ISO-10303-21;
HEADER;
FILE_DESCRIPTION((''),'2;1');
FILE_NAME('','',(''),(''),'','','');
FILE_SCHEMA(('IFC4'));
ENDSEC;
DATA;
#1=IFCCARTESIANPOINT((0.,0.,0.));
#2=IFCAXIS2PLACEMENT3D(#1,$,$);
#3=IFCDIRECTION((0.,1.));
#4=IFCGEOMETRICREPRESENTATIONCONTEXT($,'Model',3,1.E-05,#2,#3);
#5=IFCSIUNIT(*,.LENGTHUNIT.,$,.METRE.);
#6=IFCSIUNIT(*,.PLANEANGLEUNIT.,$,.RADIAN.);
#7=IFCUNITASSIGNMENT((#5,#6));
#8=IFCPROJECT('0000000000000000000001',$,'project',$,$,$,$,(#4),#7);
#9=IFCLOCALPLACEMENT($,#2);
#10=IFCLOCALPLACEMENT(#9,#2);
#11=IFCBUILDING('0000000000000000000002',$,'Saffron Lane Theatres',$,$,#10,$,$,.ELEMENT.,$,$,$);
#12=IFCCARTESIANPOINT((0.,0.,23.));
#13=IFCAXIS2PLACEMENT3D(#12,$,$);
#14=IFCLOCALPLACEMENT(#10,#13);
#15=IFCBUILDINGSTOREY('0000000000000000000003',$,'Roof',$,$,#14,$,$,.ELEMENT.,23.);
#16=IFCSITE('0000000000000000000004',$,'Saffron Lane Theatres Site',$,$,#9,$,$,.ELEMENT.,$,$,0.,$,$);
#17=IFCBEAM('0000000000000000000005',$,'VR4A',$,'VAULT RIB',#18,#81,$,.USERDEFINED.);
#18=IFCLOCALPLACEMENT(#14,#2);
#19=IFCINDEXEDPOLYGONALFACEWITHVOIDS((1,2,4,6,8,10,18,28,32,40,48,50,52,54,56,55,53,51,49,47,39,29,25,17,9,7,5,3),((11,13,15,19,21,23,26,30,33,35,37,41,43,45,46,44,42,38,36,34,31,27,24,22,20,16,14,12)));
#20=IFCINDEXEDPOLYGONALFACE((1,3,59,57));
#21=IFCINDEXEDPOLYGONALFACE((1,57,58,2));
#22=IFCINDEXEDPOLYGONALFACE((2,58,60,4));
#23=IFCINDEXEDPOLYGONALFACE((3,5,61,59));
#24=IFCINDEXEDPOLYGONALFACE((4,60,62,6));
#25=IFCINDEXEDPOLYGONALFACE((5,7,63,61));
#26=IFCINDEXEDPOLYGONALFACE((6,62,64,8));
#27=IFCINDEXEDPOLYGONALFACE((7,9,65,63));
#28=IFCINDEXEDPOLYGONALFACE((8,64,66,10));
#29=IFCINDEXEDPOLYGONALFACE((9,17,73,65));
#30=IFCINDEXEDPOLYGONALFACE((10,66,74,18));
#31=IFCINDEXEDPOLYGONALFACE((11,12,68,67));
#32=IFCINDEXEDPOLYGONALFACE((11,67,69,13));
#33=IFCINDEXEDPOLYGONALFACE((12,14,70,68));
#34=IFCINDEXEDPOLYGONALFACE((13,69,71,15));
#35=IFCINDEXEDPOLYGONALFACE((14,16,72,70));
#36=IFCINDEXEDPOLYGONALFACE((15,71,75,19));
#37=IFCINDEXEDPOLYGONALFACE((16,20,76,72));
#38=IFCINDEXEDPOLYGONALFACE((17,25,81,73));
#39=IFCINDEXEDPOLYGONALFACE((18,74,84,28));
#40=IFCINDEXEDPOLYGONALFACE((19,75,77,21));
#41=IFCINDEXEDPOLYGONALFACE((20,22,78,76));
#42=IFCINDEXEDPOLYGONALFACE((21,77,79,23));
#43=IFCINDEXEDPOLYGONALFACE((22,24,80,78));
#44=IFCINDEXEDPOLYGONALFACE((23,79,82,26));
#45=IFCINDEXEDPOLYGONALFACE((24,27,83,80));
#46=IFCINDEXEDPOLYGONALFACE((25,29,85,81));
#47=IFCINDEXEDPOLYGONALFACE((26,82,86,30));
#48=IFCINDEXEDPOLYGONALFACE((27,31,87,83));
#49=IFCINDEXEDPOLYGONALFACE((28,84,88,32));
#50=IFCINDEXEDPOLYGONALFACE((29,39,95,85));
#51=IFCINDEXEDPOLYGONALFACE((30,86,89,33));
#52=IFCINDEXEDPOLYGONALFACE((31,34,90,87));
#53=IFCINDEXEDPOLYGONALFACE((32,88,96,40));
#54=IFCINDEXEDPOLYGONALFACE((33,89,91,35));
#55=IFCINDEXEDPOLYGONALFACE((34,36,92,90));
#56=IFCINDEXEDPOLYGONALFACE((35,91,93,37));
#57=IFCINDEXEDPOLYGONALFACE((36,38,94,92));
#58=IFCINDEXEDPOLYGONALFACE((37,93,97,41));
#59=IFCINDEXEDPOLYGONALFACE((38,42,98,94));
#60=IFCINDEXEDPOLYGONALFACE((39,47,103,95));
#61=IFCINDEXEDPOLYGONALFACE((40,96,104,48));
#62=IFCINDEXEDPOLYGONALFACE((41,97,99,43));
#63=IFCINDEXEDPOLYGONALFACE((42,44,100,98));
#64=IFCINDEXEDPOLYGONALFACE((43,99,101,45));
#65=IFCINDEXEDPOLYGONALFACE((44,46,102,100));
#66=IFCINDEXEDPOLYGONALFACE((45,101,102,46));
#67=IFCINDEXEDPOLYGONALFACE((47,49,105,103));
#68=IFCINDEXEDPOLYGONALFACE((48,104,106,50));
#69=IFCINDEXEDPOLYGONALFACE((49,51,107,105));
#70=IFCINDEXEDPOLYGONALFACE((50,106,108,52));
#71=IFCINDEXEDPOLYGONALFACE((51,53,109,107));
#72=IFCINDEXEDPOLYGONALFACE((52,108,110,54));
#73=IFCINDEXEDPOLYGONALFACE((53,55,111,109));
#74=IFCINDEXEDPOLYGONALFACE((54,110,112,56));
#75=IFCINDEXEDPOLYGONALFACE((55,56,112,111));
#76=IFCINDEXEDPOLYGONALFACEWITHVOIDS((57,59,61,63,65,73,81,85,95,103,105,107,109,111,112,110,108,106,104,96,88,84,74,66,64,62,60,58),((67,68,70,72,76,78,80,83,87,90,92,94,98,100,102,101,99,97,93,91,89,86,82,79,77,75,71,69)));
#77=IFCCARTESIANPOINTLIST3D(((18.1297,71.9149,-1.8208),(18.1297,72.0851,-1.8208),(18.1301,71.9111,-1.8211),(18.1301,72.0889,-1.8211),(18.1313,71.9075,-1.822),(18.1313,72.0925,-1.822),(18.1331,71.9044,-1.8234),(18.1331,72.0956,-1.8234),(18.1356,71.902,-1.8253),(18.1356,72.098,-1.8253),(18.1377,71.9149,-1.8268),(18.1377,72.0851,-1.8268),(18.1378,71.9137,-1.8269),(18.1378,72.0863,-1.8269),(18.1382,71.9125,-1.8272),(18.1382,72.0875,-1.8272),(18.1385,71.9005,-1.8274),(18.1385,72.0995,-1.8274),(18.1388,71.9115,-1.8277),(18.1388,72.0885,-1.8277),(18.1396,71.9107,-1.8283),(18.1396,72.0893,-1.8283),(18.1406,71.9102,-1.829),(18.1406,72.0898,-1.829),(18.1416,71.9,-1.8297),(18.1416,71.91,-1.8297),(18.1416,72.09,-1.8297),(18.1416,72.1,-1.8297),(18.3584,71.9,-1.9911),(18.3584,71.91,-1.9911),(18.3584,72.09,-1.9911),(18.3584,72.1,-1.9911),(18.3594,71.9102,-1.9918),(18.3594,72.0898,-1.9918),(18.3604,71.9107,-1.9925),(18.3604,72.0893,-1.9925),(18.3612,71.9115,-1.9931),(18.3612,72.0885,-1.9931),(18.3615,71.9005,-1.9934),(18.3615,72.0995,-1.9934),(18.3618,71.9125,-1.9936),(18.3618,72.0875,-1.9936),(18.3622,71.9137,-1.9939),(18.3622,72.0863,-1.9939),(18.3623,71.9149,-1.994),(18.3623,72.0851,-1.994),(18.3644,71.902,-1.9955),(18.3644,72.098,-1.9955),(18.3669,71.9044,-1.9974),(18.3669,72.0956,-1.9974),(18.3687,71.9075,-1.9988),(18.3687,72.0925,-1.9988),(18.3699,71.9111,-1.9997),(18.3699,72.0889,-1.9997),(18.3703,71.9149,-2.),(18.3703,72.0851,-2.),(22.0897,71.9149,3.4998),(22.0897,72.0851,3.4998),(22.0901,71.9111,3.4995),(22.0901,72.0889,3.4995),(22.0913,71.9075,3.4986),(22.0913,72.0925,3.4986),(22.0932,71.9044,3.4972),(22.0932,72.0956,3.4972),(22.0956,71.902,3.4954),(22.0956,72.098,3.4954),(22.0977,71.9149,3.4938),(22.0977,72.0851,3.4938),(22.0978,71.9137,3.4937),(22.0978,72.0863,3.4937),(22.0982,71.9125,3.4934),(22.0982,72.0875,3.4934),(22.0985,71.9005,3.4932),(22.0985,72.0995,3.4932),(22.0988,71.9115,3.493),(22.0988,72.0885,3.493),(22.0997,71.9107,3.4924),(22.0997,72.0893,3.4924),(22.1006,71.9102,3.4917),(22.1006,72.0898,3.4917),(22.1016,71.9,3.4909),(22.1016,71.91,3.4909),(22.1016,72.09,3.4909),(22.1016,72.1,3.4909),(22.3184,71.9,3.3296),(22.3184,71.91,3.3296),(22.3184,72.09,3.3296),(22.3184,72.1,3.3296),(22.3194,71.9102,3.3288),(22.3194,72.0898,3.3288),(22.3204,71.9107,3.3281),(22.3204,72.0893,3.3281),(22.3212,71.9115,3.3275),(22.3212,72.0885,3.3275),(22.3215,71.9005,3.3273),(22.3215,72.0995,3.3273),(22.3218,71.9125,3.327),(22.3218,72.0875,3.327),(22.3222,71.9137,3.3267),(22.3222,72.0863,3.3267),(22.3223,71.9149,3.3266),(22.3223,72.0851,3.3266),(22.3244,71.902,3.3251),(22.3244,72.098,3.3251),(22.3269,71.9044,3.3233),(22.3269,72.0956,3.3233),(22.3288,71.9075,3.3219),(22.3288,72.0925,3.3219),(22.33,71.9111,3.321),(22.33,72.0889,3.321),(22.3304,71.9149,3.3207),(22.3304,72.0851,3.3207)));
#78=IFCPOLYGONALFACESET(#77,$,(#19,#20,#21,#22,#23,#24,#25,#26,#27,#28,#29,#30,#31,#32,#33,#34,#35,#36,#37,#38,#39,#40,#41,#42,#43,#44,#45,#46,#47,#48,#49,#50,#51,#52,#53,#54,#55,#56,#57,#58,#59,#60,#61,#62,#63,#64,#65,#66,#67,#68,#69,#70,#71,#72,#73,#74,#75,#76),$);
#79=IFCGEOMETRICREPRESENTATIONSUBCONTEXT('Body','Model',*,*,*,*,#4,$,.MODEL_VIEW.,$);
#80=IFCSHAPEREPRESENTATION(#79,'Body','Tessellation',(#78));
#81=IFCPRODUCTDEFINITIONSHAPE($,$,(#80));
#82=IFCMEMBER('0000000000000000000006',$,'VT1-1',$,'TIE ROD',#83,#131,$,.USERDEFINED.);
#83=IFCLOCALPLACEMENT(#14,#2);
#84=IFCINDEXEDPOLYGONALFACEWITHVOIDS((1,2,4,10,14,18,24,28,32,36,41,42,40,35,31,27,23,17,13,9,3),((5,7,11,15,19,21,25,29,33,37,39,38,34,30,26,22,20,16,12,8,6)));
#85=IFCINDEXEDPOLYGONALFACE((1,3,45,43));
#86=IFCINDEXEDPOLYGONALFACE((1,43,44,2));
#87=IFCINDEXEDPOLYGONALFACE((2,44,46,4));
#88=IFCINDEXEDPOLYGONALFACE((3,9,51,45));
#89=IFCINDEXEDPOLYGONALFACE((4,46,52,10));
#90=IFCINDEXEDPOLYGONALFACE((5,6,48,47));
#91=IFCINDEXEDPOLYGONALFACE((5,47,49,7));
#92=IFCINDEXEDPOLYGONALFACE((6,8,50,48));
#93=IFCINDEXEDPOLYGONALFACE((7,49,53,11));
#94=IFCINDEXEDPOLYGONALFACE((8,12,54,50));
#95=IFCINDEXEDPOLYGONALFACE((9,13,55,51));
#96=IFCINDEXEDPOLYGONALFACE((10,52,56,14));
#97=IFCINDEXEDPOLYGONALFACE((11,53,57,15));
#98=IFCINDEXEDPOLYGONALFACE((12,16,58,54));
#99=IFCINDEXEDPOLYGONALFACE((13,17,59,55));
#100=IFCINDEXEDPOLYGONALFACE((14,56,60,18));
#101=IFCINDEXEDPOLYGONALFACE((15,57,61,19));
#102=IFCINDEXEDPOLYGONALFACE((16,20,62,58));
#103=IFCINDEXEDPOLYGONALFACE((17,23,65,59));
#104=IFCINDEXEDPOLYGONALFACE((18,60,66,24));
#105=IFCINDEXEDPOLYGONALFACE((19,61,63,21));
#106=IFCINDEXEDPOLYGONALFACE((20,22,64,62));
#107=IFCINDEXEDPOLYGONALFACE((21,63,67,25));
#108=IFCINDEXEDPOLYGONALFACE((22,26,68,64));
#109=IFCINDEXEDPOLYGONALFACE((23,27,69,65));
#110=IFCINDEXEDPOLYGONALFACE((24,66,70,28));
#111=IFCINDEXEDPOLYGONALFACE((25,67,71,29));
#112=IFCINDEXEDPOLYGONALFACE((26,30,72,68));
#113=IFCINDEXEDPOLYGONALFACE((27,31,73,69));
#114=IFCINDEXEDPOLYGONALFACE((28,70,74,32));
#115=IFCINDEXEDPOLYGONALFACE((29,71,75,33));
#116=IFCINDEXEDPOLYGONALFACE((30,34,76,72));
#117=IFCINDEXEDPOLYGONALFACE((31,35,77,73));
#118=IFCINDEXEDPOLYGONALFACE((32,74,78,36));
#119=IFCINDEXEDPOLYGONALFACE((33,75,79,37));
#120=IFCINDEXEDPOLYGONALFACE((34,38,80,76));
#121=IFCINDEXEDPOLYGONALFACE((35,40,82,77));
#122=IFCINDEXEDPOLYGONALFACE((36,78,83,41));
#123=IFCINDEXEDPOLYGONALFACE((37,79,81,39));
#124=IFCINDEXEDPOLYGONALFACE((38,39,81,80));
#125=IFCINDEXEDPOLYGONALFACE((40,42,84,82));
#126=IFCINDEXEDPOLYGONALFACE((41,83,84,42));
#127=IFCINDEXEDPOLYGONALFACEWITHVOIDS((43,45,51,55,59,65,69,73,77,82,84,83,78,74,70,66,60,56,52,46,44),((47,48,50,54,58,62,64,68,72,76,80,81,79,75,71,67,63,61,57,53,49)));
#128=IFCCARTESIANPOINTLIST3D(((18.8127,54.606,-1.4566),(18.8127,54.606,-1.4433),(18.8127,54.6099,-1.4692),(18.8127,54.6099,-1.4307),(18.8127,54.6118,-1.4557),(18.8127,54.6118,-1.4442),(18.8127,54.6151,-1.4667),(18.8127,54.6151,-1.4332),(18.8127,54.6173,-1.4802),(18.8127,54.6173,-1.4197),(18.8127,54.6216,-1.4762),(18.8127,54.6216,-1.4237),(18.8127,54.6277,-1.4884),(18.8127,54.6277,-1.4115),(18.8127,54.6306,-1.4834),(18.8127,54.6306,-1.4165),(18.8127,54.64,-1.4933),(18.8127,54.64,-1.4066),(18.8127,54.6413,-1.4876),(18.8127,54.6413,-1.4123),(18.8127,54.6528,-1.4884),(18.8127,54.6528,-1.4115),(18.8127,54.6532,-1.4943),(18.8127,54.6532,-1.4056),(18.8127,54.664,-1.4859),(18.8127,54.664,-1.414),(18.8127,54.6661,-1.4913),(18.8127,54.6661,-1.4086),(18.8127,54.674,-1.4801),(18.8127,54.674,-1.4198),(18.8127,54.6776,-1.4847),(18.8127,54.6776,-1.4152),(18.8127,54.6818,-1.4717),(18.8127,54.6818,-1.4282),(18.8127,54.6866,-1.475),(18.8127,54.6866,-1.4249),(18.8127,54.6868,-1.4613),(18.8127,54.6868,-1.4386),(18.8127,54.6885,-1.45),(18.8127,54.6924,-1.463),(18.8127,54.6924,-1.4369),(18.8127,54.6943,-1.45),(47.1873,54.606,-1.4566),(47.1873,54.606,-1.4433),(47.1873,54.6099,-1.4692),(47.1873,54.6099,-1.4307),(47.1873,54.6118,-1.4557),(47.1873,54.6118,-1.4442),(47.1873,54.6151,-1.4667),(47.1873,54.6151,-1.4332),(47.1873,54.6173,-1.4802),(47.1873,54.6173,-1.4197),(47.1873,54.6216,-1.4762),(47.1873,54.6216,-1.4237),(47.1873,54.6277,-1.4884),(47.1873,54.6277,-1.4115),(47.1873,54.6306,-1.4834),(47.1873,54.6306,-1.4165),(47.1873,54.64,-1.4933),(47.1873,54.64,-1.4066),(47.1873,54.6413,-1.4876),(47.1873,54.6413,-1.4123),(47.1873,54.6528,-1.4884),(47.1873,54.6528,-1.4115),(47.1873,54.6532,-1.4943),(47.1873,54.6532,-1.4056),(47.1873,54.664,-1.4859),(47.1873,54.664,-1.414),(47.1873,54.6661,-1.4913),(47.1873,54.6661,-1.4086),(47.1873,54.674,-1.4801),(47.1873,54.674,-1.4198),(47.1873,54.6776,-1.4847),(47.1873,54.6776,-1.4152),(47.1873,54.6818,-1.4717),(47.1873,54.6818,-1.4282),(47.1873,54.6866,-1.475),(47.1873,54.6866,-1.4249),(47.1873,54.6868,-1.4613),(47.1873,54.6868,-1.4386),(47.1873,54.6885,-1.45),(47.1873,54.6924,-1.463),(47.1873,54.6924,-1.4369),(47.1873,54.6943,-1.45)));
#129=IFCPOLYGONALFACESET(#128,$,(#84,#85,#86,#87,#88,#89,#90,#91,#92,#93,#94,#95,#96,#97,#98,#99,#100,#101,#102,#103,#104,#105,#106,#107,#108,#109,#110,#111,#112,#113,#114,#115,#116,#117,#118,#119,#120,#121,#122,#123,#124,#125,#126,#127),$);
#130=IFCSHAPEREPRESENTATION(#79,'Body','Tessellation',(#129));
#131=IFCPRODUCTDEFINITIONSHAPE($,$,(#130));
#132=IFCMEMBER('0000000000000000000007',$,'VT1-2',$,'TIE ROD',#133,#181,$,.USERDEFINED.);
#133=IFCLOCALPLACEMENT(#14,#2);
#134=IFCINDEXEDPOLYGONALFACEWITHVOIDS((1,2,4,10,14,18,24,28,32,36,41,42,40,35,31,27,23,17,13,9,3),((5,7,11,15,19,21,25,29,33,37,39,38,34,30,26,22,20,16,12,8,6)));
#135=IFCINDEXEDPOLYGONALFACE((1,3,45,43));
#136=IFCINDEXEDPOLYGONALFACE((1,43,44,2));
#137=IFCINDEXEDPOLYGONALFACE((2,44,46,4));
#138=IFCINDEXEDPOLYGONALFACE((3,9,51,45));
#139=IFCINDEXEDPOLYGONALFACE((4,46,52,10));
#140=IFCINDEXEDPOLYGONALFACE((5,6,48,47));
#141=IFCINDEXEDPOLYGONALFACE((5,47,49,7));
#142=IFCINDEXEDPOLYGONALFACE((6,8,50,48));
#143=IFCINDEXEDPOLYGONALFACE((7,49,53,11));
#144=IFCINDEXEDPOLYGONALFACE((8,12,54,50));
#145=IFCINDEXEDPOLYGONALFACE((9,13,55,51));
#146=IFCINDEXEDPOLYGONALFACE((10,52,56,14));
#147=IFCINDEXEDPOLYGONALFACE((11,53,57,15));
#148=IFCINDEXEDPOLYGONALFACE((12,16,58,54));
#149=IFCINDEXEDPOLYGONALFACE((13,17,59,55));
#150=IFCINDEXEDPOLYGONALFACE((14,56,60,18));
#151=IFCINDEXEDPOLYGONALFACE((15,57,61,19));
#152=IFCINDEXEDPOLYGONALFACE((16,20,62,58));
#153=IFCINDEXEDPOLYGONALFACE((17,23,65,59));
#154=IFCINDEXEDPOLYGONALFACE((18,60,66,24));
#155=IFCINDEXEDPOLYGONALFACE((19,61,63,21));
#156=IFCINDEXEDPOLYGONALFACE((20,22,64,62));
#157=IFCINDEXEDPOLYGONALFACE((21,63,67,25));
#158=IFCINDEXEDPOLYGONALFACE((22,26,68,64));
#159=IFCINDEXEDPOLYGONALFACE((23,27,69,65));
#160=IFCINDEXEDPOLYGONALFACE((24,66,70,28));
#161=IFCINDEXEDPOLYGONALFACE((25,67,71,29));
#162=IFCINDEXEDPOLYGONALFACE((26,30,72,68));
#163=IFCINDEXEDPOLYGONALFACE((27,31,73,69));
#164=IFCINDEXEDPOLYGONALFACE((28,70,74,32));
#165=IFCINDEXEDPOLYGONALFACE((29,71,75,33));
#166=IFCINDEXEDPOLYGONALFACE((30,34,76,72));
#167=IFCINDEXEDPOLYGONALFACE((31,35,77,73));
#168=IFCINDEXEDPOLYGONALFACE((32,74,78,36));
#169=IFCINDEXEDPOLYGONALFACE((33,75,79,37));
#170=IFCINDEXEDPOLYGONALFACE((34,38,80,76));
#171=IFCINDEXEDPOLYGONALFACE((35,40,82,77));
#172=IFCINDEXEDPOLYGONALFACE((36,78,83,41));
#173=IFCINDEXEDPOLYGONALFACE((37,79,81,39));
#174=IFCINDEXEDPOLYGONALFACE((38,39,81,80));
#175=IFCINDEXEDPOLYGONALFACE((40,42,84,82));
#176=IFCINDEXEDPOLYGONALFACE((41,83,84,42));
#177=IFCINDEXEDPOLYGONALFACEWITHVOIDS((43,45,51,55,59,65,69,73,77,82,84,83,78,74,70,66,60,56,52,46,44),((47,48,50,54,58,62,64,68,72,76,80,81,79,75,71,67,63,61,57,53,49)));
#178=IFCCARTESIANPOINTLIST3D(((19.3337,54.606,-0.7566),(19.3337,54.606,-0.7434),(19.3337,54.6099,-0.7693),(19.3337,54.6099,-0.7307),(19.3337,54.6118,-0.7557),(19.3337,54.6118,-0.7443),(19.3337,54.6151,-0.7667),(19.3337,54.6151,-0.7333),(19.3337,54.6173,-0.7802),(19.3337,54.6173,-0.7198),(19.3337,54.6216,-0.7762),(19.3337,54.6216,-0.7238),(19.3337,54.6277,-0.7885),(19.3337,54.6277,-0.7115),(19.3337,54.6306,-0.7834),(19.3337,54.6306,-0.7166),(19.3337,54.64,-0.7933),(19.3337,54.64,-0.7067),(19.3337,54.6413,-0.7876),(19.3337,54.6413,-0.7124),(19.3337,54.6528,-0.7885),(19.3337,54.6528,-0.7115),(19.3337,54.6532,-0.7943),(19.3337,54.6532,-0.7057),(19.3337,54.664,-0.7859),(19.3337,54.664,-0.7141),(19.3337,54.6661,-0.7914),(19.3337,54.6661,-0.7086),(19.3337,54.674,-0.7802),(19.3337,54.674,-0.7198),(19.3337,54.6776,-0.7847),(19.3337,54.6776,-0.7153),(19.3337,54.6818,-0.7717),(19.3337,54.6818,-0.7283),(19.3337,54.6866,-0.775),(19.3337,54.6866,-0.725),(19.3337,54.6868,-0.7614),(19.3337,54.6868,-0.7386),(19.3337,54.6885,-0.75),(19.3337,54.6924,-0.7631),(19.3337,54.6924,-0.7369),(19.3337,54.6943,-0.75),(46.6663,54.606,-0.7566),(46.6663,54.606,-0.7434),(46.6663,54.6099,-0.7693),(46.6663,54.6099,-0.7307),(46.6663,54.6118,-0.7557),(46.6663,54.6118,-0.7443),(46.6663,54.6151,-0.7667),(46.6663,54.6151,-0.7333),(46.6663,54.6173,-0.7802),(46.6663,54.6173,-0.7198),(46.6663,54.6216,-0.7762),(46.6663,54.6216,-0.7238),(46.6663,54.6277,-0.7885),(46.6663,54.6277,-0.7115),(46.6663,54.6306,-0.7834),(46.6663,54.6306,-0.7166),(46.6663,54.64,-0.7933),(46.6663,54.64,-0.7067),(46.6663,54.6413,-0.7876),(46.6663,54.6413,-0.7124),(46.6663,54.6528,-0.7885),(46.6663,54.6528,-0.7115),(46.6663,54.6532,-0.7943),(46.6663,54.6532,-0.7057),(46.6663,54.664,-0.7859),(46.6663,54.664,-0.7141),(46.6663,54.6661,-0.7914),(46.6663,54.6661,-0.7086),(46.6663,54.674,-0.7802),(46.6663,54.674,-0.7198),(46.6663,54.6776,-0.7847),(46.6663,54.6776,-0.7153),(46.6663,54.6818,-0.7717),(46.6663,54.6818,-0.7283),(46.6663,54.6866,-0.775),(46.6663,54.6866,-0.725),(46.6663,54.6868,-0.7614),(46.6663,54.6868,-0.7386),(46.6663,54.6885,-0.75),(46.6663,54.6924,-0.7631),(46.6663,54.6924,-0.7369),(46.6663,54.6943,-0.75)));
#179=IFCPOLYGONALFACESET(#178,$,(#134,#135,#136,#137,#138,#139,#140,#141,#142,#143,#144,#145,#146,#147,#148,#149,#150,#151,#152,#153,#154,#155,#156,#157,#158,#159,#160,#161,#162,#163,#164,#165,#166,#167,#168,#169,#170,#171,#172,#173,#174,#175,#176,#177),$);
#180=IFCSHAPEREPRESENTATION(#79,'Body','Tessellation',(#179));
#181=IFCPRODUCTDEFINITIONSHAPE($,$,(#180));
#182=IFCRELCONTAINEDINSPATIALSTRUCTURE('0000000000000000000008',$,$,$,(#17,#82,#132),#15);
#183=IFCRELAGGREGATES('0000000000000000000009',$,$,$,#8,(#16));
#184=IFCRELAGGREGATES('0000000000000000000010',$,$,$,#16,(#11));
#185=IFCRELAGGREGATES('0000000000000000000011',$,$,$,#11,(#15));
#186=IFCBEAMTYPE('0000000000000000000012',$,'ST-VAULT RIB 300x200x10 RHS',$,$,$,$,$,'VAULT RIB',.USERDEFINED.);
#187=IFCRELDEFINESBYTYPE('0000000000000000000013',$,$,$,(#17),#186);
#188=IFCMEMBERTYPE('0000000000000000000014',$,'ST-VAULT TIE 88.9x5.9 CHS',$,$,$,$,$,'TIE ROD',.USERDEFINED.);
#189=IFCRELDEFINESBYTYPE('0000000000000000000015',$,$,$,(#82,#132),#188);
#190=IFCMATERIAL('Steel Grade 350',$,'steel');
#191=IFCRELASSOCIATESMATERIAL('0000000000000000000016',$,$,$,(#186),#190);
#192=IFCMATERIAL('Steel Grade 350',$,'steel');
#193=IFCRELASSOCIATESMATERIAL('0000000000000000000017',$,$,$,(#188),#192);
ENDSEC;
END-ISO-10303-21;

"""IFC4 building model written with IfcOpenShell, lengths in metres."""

from ifc_helpers import new_model, si_unit, direction, frame, origin, origin_2d, place, context, subcontext, project, spatial, hollow_rectangle, hollow_circle, extrude, material, material_profile, profile_set, type_object, element, save


model = new_model("IFC4")

# Units and contexts
model_context = context("Model", 3, precision=1e-05, world=origin(), true_north=direction((0.0, 1.0)))
body_context = subcontext(model_context, "Body", "Model", "MODEL_VIEW")
ifc_project = project(units=[si_unit("LENGTHUNIT", "METRE"), si_unit("PLANEANGLEUNIT", "RADIAN")], contexts=[model_context])

# Site, building, storey
site_placement = place(None, origin())
site = spatial("IfcSite", under=ifc_project, at=site_placement, Name="Saffron Lane Theatres Site", CompositionType="ELEMENT", RefElevation=0.0)
building_placement = place(site_placement, origin())
building = spatial("IfcBuilding", under=site, at=building_placement, Name="Saffron Lane Theatres", CompositionType="ELEMENT")
storey_placement = place(building_placement, frame((0.0, 0.0, 23.0)))
storey = spatial("IfcBuildingStorey", under=building, at=storey_placement, Name="Roof", CompositionType="ELEMENT", Elevation=23.0)

# Beam
ifc_material_1 = material(Name="Steel Grade 350", Category="steel")
ifc_material_profile_1 = material_profile(ifc_material_1, hollow_rectangle(XDim=0.2, YDim=0.3, WallThickness=0.01, InnerFilletRadius=0.0049, OuterFilletRadius=0.0149, at=origin_2d()))
ifc_profile_set_1 = profile_set([ifc_material_profile_1], Name="Steel Grade 350")
beam_type = type_object("IfcBeamType", Name="ST-VAULT RIB 300x200x10 RHS", ElementType="VAULT RIB", PredefinedType="USERDEFINED", material=ifc_profile_set_1)
for number, where, z_axis, x_axis, name in (
    (1, (18.25, 72.0, -1.9104), (0.597057, 0.0, 0.802199), (0.0, 1.0, 0.0), "VR4A"),
):
    element("IfcBeam", number, at=place(storey_placement, frame(where, z_axis=z_axis, x_axis=x_axis)), inside=storey, type_object=beam_type, Name=name, ObjectType="VAULT RIB", PredefinedType="USERDEFINED", context=body_context, shape_type="SweptSolid", body=[
        extrude(hollow_rectangle(XDim=0.2, YDim=0.3, WallThickness=0.01, InnerFilletRadius=0.0049, OuterFilletRadius=0.0149, at=origin_2d()), origin(), (0.0, 0.0, 1.0), 6.6326),
    ])

# Members
ifc_material_2 = material(Name="Steel Grade 350", Category="steel")
ifc_material_profile_2 = material_profile(ifc_material_2, hollow_circle(Radius=0.0444, WallThickness=0.0059, at=origin_2d()))
ifc_profile_set_2 = profile_set([ifc_material_profile_2], Name="Steel Grade 350")
member_type_1 = type_object("IfcMemberType", Name="ST-VAULT TIE 88.9x5.9 CHS", ElementType="TIE ROD", PredefinedType="USERDEFINED", material=ifc_profile_set_2)
member_1_placement = place(storey_placement, frame((18.8127, 54.6499, -1.45), z_axis=(1.0, 0.0, 0.0), x_axis=(0.0, 1.0, 0.0)))
element("IfcMember", 2, at=member_1_placement, inside=storey, type_object=member_type_1, Name="VT1-1", ObjectType="TIE ROD", PredefinedType="USERDEFINED", context=body_context, shape_type="SweptSolid", body=[
    extrude(hollow_circle(Radius=0.0444, WallThickness=0.0059, at=origin_2d()), origin(), (0.0, 0.0, 1.0), 28.3745),
])
member_2_placement = place(storey_placement, frame((19.3337, 54.6499, -0.75), z_axis=(1.0, 0.0, 0.0), x_axis=(0.0, 1.0, 0.0)))
element("IfcMember", 3, at=member_2_placement, inside=storey, type_object=member_type_1, Name="VT1-2", ObjectType="TIE ROD", PredefinedType="USERDEFINED", context=body_context, shape_type="SweptSolid", body=[
    extrude(hollow_circle(Radius=0.0444, WallThickness=0.0059, at=origin_2d()), origin(), (0.0, 0.0, 1.0), 27.3325),
])

save(model, "model.ifc")
